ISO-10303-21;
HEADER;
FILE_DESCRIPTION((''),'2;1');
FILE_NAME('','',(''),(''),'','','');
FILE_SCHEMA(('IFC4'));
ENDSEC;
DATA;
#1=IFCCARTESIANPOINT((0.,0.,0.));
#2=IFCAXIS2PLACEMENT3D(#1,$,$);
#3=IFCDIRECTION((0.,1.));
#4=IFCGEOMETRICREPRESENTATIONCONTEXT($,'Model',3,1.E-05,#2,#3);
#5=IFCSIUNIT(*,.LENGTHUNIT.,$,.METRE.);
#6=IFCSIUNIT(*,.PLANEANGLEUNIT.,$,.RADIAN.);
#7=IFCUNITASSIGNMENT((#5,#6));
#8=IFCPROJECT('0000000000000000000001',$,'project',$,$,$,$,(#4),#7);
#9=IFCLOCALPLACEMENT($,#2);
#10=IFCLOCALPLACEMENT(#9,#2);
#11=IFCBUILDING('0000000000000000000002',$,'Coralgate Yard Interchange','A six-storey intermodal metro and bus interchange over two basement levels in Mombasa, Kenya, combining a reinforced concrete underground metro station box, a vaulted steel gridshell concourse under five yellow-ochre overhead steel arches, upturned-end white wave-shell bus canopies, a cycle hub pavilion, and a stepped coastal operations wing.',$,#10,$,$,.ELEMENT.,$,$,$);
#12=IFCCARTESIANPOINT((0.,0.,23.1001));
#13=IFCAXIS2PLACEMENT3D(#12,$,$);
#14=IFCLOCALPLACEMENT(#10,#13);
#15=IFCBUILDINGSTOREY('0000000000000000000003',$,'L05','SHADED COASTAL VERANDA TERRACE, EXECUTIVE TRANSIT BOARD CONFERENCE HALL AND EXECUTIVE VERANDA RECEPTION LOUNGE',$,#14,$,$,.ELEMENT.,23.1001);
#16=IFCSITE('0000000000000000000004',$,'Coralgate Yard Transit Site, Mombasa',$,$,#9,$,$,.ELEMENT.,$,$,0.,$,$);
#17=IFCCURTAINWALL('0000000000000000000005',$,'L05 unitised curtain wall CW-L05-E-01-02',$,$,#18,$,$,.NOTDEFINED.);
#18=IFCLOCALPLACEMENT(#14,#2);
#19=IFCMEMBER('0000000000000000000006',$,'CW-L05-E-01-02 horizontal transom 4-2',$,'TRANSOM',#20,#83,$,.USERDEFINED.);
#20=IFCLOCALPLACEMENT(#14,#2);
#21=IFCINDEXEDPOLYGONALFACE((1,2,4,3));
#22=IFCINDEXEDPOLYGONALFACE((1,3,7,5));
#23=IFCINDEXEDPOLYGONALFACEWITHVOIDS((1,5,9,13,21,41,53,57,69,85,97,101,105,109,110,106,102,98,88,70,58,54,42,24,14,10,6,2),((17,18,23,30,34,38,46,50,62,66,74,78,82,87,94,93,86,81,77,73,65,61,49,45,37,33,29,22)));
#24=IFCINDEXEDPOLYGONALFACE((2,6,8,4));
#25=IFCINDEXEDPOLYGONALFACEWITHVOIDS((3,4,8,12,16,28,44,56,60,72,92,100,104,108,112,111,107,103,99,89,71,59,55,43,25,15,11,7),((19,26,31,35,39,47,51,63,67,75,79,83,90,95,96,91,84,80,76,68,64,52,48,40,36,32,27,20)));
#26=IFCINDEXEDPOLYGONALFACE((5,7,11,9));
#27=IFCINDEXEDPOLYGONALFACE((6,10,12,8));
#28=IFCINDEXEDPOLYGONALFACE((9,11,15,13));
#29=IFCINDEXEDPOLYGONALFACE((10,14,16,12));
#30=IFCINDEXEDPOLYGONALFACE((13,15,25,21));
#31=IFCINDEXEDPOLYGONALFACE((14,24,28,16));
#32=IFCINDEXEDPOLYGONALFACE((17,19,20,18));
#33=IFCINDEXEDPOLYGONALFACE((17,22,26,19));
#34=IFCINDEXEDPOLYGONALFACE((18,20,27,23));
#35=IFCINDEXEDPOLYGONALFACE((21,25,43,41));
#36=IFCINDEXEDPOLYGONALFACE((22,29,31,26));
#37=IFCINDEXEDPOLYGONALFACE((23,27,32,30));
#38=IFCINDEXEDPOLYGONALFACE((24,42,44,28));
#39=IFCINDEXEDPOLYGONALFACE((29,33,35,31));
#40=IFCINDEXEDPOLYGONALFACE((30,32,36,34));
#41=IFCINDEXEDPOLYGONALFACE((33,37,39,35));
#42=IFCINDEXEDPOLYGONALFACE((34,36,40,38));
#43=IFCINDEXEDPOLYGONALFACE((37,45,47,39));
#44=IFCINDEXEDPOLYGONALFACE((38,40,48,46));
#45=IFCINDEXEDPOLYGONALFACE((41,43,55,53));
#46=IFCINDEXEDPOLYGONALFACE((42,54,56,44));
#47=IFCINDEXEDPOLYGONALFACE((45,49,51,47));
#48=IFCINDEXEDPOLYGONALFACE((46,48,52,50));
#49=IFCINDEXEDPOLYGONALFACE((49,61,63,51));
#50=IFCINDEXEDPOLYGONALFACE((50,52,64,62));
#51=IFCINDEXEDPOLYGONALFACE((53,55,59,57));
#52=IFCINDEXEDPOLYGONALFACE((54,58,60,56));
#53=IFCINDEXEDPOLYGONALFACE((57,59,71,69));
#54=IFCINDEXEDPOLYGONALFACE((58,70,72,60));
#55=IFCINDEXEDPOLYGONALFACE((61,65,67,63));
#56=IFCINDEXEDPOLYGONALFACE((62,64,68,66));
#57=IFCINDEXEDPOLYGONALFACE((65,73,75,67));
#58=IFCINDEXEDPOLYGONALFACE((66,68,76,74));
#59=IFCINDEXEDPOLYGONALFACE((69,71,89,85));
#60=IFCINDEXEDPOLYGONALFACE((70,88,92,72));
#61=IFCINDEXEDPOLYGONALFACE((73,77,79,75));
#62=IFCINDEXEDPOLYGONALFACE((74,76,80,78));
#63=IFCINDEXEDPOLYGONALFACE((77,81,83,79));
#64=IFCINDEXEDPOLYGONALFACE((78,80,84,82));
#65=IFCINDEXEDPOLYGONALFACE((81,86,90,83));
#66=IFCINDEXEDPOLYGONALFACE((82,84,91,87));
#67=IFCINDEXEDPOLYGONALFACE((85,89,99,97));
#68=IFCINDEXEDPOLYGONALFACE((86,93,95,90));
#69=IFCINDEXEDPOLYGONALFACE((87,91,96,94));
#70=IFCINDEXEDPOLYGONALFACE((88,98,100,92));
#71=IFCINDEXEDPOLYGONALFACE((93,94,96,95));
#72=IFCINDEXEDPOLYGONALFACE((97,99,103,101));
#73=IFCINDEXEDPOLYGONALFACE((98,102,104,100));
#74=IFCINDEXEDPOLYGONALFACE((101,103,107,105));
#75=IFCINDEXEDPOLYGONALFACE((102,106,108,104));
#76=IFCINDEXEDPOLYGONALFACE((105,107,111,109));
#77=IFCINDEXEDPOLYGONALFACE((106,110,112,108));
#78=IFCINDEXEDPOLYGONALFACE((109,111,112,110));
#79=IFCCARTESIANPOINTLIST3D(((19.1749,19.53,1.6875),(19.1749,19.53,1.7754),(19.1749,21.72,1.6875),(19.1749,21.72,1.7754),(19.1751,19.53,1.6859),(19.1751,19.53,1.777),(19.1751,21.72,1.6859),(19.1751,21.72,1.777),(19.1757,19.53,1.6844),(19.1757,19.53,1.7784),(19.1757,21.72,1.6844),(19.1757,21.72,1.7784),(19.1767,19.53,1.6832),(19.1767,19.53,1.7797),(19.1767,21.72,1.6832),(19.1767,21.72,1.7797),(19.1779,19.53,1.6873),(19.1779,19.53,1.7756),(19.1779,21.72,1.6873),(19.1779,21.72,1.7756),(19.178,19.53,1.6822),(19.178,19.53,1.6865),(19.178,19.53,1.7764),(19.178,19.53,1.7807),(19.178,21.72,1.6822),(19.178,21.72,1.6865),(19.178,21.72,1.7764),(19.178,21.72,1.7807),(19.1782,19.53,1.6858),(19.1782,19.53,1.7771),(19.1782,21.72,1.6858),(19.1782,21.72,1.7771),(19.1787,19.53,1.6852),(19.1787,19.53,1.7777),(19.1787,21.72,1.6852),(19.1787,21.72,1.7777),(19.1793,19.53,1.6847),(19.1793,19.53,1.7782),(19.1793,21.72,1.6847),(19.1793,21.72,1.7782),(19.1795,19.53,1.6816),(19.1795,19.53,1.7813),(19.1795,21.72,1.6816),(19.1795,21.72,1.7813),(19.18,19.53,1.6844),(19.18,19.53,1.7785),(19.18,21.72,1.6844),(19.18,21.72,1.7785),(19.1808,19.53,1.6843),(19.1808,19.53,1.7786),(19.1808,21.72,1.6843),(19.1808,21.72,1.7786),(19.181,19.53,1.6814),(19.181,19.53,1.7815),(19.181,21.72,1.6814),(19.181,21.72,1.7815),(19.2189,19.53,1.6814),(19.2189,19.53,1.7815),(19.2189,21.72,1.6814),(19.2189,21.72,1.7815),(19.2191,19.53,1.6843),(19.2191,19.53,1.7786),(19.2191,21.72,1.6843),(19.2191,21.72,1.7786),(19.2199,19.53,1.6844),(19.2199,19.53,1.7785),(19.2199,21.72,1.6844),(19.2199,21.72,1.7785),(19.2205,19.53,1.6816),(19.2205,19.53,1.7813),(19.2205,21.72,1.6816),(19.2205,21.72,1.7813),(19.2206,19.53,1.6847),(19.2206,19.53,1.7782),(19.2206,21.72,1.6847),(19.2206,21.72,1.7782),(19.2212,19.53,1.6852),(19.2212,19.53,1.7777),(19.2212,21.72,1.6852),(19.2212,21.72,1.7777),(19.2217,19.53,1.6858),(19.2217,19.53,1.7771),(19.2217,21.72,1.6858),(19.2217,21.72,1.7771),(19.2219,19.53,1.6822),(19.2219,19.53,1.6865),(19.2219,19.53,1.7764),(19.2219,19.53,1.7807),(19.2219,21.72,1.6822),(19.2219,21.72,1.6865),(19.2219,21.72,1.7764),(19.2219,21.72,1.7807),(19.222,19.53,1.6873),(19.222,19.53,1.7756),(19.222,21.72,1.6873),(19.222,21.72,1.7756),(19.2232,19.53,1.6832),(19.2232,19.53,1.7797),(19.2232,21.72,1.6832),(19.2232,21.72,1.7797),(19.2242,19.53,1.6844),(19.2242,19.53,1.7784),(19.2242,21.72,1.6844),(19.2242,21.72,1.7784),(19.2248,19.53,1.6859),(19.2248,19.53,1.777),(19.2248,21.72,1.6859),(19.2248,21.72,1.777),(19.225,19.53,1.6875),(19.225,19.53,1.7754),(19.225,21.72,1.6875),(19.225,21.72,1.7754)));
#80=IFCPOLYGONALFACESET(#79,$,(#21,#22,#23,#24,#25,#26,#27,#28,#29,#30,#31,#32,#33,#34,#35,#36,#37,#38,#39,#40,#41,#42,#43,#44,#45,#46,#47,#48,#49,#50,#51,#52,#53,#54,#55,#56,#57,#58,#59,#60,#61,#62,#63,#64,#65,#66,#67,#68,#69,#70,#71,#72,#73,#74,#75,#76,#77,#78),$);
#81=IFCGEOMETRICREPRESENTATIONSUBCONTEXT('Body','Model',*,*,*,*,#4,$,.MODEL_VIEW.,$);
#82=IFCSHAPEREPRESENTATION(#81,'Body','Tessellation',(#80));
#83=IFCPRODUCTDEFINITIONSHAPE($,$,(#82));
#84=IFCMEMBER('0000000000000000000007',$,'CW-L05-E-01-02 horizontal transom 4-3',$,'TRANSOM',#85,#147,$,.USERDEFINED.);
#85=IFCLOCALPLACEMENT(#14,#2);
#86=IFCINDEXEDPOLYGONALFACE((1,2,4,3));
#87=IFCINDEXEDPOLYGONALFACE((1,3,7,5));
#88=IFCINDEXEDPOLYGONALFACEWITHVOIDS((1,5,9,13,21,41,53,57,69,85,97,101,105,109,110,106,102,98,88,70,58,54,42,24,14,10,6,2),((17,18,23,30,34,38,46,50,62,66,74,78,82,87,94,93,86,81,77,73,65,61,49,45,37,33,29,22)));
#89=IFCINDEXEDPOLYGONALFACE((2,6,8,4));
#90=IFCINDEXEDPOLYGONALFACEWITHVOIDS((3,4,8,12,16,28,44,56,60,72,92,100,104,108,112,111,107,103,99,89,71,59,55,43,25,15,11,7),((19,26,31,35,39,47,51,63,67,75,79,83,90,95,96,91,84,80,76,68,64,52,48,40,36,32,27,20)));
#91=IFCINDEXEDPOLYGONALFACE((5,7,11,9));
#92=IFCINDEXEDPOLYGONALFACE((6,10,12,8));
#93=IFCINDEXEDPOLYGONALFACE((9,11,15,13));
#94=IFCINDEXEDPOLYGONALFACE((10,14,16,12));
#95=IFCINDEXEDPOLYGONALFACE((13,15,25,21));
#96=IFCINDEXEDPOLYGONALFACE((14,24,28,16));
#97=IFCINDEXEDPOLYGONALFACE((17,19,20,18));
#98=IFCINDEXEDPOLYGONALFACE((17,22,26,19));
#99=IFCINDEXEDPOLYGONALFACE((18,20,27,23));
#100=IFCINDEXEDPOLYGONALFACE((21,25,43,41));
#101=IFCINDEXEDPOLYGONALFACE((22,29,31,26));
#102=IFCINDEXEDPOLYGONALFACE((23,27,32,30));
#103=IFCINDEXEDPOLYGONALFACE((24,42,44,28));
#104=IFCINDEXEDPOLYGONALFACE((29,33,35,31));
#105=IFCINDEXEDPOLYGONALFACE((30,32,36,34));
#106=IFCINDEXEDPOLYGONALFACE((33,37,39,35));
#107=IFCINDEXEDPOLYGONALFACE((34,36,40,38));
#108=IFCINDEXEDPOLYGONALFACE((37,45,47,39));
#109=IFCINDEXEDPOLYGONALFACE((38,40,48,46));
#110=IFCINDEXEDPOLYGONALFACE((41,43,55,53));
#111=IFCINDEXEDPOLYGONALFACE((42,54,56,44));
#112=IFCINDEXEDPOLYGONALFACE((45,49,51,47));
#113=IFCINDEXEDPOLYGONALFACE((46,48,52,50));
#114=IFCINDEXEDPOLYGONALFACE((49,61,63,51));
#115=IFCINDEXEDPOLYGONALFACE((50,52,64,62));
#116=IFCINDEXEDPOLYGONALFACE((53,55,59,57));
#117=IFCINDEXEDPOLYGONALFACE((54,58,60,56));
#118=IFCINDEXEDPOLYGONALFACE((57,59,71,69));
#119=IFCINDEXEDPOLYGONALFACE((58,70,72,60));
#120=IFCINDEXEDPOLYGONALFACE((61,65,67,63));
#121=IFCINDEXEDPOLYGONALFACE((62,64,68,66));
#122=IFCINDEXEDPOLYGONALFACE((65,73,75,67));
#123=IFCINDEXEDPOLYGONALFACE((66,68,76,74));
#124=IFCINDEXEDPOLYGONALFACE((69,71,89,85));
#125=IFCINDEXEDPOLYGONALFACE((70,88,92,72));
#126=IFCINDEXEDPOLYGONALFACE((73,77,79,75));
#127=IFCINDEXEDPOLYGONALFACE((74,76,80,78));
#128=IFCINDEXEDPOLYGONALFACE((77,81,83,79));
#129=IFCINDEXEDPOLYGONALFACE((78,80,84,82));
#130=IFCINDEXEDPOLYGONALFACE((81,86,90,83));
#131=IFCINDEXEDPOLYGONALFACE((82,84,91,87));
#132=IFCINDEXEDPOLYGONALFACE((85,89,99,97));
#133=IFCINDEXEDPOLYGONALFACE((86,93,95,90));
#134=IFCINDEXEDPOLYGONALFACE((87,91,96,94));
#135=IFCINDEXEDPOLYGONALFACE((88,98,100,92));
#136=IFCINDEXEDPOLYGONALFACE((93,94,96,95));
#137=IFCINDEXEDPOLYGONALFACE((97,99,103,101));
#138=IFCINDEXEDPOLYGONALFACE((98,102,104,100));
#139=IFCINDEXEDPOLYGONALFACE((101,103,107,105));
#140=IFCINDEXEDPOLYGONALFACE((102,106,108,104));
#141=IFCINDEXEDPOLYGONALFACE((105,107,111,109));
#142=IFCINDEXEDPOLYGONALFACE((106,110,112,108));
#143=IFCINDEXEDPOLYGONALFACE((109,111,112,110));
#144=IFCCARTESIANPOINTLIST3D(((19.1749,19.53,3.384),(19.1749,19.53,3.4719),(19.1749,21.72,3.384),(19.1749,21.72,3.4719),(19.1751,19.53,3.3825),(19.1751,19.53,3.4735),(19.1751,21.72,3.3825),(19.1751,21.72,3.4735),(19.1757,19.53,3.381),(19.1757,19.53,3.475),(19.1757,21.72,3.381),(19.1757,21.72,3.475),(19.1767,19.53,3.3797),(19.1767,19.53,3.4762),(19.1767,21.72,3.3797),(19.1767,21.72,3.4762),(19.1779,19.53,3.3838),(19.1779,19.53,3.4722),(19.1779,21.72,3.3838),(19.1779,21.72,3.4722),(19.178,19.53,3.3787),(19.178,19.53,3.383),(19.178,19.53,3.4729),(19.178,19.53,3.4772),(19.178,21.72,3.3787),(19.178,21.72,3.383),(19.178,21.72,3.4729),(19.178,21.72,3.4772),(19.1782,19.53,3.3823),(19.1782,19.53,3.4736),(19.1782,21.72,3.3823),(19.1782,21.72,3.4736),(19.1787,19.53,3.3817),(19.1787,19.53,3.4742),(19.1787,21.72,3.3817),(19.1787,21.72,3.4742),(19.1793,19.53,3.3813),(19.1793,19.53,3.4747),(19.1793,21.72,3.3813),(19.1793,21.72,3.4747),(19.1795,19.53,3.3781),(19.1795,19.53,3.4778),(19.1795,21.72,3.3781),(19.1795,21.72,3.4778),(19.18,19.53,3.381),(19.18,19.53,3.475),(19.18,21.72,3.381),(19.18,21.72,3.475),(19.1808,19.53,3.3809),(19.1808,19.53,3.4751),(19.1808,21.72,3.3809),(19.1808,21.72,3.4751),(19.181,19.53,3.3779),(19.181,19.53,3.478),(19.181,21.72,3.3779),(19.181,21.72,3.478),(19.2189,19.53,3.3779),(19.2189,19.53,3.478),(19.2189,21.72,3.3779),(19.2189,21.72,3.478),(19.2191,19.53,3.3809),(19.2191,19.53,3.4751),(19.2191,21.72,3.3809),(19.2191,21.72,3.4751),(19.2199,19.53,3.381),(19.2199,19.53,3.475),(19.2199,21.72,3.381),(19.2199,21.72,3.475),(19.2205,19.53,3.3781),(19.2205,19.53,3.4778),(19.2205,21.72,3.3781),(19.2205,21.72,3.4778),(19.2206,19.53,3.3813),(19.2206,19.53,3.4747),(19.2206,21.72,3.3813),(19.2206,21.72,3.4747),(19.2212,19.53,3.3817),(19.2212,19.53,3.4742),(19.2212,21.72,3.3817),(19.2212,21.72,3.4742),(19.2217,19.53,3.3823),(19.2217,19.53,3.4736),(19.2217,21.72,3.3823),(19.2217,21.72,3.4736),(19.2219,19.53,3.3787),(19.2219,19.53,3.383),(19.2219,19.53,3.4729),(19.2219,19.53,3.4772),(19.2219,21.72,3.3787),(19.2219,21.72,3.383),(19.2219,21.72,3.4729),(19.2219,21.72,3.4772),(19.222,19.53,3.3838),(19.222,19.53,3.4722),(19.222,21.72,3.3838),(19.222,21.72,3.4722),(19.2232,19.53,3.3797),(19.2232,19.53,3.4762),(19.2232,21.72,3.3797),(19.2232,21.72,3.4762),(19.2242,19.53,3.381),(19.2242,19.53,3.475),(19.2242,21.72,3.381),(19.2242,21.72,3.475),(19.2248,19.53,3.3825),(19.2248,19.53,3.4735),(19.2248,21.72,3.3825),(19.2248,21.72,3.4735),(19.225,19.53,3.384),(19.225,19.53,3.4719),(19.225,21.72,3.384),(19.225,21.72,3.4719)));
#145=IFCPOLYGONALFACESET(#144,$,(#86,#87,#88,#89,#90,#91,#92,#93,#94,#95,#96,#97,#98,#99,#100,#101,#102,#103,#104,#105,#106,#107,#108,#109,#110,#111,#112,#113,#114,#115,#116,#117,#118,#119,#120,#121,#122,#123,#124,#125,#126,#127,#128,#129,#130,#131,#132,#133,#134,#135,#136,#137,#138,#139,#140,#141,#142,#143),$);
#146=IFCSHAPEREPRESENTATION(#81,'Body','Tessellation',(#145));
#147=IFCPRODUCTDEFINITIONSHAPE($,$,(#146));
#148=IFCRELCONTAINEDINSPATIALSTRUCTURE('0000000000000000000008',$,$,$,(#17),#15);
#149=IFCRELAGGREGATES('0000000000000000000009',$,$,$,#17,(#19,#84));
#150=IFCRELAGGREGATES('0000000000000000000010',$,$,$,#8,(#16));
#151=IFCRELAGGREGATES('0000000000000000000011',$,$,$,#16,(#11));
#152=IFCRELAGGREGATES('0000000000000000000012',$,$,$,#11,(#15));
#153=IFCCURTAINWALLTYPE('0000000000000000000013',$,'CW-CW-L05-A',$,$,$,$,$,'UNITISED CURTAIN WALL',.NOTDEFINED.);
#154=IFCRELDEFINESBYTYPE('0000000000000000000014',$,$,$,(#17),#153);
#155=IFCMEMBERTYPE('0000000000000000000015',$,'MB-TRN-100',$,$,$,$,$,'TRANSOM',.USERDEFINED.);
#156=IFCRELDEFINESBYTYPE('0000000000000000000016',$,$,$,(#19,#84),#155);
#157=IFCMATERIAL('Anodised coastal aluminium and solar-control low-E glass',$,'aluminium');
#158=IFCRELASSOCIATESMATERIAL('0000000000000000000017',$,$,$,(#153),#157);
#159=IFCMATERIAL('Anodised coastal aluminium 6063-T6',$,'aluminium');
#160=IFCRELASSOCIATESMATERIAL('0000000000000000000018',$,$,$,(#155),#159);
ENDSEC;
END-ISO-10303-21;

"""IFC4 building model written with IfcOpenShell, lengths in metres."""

from ifc_helpers import new_model, si_unit, direction, frame, origin, origin_2d, place, context, subcontext, project, spatial, hollow_rectangle, extrude, material, material_profile, profile_set, type_object, element, aggregate, save


model = new_model("IFC4")

# Units and contexts
model_context = context("Model", 3, precision=1e-05, world=origin(), true_north=direction((0.0, 1.0)))
body_context = subcontext(model_context, "Body", "Model", "MODEL_VIEW")
ifc_project = project(units=[si_unit("LENGTHUNIT", "METRE"), si_unit("PLANEANGLEUNIT", "RADIAN")], contexts=[model_context])

# Site, building, storey
site_placement = place(None, origin())
site = spatial("IfcSite", under=ifc_project, at=site_placement, Name="Coralgate Yard Transit Site, Mombasa", CompositionType="ELEMENT", RefElevation=0.0)
building_placement = place(site_placement, origin())
building = spatial("IfcBuilding", under=site, at=building_placement, Name="Coralgate Yard Interchange", Description="A six-storey intermodal metro and bus interchange over two basement levels in Mombasa, Kenya, combining a reinforced concrete underground metro station box, a vaulted steel gridshell concourse under five yellow-ochre overhead steel arches, upturned-end white wave-shell bus canopies, a cycle hub pavilion, and a stepped coastal operations wing.", CompositionType="ELEMENT")
storey_placement = place(building_placement, frame((0.0, 0.0, 23.1001)))
storey = spatial("IfcBuildingStorey", under=building, at=storey_placement, Name="L05", Description="SHADED COASTAL VERANDA TERRACE, EXECUTIVE TRANSIT BOARD CONFERENCE HALL AND EXECUTIVE VERANDA RECEPTION LOUNGE", CompositionType="ELEMENT", Elevation=23.1001)

# Curtain wall, members
ifc_material_1 = material(Name="Anodised coastal aluminium and solar-control low-E glass", Category="aluminium")
curtain_wall_type = type_object("IfcCurtainWallType", Name="CW-CW-L05-A", ElementType="UNITISED CURTAIN WALL", PredefinedType="NOTDEFINED", material=ifc_material_1)
ifc_material_2 = material(Name="Anodised coastal aluminium 6063-T6", Category="aluminium")
curtain_wall_1_placement = place(storey_placement, origin())
curtain_wall_1 = element("IfcCurtainWall", 1, at=curtain_wall_1_placement, inside=storey, type_object=curtain_wall_type, Name="L05 unitised curtain wall CW-L05-E-01-02", PredefinedType="NOTDEFINED")
ifc_material_profile_1 = material_profile(ifc_material_2, hollow_rectangle(XDim=0.05, YDim=0.1001, WallThickness=0.0029, InnerFilletRadius=0.0029, OuterFilletRadius=0.0061, at=origin_2d()), Name="ALU 50x100x3")
ifc_profile_set_1 = profile_set([ifc_material_profile_1], Name="Anodised coastal aluminium 6063-T6")
member_type_1 = type_object("IfcMemberType", Name="MB-TRN-100", ElementType="TRANSOM", PredefinedType="USERDEFINED", material=ifc_profile_set_1)
member_1_placement = place(storey_placement, frame((19.2, 21.72, 1.7314), z_axis=(0.0, -1.0, 0.0), x_axis=(1.0, 0.0, 0.0)))
member_1 = element("IfcMember", 2, at=member_1_placement, type_object=member_type_1, Name="CW-L05-E-01-02 horizontal transom 4-2", ObjectType="TRANSOM", PredefinedType="USERDEFINED", context=body_context, shape_type="SweptSolid", body=[
    extrude(hollow_rectangle(XDim=0.05, YDim=0.1001, WallThickness=0.0029, InnerFilletRadius=0.0029, OuterFilletRadius=0.0061, at=origin_2d()), origin(), (0.0, 0.0, 1.0), 2.1899),
])
member_2_placement = place(storey_placement, frame((19.2, 21.72, 3.428), z_axis=(0.0, -1.0, 0.0), x_axis=(1.0, 0.0, 0.0)))
member_2 = element("IfcMember", 3, at=member_2_placement, type_object=member_type_1, Name="CW-L05-E-01-02 horizontal transom 4-3", ObjectType="TRANSOM", PredefinedType="USERDEFINED", context=body_context, shape_type="SweptSolid", body=[
    extrude(hollow_rectangle(XDim=0.05, YDim=0.1001, WallThickness=0.0029, InnerFilletRadius=0.0029, OuterFilletRadius=0.0061, at=origin_2d()), origin(), (0.0, 0.0, 1.0), 2.1899),
])

aggregate(curtain_wall_1, [member_1, member_2])

save(model, "model.ifc")
